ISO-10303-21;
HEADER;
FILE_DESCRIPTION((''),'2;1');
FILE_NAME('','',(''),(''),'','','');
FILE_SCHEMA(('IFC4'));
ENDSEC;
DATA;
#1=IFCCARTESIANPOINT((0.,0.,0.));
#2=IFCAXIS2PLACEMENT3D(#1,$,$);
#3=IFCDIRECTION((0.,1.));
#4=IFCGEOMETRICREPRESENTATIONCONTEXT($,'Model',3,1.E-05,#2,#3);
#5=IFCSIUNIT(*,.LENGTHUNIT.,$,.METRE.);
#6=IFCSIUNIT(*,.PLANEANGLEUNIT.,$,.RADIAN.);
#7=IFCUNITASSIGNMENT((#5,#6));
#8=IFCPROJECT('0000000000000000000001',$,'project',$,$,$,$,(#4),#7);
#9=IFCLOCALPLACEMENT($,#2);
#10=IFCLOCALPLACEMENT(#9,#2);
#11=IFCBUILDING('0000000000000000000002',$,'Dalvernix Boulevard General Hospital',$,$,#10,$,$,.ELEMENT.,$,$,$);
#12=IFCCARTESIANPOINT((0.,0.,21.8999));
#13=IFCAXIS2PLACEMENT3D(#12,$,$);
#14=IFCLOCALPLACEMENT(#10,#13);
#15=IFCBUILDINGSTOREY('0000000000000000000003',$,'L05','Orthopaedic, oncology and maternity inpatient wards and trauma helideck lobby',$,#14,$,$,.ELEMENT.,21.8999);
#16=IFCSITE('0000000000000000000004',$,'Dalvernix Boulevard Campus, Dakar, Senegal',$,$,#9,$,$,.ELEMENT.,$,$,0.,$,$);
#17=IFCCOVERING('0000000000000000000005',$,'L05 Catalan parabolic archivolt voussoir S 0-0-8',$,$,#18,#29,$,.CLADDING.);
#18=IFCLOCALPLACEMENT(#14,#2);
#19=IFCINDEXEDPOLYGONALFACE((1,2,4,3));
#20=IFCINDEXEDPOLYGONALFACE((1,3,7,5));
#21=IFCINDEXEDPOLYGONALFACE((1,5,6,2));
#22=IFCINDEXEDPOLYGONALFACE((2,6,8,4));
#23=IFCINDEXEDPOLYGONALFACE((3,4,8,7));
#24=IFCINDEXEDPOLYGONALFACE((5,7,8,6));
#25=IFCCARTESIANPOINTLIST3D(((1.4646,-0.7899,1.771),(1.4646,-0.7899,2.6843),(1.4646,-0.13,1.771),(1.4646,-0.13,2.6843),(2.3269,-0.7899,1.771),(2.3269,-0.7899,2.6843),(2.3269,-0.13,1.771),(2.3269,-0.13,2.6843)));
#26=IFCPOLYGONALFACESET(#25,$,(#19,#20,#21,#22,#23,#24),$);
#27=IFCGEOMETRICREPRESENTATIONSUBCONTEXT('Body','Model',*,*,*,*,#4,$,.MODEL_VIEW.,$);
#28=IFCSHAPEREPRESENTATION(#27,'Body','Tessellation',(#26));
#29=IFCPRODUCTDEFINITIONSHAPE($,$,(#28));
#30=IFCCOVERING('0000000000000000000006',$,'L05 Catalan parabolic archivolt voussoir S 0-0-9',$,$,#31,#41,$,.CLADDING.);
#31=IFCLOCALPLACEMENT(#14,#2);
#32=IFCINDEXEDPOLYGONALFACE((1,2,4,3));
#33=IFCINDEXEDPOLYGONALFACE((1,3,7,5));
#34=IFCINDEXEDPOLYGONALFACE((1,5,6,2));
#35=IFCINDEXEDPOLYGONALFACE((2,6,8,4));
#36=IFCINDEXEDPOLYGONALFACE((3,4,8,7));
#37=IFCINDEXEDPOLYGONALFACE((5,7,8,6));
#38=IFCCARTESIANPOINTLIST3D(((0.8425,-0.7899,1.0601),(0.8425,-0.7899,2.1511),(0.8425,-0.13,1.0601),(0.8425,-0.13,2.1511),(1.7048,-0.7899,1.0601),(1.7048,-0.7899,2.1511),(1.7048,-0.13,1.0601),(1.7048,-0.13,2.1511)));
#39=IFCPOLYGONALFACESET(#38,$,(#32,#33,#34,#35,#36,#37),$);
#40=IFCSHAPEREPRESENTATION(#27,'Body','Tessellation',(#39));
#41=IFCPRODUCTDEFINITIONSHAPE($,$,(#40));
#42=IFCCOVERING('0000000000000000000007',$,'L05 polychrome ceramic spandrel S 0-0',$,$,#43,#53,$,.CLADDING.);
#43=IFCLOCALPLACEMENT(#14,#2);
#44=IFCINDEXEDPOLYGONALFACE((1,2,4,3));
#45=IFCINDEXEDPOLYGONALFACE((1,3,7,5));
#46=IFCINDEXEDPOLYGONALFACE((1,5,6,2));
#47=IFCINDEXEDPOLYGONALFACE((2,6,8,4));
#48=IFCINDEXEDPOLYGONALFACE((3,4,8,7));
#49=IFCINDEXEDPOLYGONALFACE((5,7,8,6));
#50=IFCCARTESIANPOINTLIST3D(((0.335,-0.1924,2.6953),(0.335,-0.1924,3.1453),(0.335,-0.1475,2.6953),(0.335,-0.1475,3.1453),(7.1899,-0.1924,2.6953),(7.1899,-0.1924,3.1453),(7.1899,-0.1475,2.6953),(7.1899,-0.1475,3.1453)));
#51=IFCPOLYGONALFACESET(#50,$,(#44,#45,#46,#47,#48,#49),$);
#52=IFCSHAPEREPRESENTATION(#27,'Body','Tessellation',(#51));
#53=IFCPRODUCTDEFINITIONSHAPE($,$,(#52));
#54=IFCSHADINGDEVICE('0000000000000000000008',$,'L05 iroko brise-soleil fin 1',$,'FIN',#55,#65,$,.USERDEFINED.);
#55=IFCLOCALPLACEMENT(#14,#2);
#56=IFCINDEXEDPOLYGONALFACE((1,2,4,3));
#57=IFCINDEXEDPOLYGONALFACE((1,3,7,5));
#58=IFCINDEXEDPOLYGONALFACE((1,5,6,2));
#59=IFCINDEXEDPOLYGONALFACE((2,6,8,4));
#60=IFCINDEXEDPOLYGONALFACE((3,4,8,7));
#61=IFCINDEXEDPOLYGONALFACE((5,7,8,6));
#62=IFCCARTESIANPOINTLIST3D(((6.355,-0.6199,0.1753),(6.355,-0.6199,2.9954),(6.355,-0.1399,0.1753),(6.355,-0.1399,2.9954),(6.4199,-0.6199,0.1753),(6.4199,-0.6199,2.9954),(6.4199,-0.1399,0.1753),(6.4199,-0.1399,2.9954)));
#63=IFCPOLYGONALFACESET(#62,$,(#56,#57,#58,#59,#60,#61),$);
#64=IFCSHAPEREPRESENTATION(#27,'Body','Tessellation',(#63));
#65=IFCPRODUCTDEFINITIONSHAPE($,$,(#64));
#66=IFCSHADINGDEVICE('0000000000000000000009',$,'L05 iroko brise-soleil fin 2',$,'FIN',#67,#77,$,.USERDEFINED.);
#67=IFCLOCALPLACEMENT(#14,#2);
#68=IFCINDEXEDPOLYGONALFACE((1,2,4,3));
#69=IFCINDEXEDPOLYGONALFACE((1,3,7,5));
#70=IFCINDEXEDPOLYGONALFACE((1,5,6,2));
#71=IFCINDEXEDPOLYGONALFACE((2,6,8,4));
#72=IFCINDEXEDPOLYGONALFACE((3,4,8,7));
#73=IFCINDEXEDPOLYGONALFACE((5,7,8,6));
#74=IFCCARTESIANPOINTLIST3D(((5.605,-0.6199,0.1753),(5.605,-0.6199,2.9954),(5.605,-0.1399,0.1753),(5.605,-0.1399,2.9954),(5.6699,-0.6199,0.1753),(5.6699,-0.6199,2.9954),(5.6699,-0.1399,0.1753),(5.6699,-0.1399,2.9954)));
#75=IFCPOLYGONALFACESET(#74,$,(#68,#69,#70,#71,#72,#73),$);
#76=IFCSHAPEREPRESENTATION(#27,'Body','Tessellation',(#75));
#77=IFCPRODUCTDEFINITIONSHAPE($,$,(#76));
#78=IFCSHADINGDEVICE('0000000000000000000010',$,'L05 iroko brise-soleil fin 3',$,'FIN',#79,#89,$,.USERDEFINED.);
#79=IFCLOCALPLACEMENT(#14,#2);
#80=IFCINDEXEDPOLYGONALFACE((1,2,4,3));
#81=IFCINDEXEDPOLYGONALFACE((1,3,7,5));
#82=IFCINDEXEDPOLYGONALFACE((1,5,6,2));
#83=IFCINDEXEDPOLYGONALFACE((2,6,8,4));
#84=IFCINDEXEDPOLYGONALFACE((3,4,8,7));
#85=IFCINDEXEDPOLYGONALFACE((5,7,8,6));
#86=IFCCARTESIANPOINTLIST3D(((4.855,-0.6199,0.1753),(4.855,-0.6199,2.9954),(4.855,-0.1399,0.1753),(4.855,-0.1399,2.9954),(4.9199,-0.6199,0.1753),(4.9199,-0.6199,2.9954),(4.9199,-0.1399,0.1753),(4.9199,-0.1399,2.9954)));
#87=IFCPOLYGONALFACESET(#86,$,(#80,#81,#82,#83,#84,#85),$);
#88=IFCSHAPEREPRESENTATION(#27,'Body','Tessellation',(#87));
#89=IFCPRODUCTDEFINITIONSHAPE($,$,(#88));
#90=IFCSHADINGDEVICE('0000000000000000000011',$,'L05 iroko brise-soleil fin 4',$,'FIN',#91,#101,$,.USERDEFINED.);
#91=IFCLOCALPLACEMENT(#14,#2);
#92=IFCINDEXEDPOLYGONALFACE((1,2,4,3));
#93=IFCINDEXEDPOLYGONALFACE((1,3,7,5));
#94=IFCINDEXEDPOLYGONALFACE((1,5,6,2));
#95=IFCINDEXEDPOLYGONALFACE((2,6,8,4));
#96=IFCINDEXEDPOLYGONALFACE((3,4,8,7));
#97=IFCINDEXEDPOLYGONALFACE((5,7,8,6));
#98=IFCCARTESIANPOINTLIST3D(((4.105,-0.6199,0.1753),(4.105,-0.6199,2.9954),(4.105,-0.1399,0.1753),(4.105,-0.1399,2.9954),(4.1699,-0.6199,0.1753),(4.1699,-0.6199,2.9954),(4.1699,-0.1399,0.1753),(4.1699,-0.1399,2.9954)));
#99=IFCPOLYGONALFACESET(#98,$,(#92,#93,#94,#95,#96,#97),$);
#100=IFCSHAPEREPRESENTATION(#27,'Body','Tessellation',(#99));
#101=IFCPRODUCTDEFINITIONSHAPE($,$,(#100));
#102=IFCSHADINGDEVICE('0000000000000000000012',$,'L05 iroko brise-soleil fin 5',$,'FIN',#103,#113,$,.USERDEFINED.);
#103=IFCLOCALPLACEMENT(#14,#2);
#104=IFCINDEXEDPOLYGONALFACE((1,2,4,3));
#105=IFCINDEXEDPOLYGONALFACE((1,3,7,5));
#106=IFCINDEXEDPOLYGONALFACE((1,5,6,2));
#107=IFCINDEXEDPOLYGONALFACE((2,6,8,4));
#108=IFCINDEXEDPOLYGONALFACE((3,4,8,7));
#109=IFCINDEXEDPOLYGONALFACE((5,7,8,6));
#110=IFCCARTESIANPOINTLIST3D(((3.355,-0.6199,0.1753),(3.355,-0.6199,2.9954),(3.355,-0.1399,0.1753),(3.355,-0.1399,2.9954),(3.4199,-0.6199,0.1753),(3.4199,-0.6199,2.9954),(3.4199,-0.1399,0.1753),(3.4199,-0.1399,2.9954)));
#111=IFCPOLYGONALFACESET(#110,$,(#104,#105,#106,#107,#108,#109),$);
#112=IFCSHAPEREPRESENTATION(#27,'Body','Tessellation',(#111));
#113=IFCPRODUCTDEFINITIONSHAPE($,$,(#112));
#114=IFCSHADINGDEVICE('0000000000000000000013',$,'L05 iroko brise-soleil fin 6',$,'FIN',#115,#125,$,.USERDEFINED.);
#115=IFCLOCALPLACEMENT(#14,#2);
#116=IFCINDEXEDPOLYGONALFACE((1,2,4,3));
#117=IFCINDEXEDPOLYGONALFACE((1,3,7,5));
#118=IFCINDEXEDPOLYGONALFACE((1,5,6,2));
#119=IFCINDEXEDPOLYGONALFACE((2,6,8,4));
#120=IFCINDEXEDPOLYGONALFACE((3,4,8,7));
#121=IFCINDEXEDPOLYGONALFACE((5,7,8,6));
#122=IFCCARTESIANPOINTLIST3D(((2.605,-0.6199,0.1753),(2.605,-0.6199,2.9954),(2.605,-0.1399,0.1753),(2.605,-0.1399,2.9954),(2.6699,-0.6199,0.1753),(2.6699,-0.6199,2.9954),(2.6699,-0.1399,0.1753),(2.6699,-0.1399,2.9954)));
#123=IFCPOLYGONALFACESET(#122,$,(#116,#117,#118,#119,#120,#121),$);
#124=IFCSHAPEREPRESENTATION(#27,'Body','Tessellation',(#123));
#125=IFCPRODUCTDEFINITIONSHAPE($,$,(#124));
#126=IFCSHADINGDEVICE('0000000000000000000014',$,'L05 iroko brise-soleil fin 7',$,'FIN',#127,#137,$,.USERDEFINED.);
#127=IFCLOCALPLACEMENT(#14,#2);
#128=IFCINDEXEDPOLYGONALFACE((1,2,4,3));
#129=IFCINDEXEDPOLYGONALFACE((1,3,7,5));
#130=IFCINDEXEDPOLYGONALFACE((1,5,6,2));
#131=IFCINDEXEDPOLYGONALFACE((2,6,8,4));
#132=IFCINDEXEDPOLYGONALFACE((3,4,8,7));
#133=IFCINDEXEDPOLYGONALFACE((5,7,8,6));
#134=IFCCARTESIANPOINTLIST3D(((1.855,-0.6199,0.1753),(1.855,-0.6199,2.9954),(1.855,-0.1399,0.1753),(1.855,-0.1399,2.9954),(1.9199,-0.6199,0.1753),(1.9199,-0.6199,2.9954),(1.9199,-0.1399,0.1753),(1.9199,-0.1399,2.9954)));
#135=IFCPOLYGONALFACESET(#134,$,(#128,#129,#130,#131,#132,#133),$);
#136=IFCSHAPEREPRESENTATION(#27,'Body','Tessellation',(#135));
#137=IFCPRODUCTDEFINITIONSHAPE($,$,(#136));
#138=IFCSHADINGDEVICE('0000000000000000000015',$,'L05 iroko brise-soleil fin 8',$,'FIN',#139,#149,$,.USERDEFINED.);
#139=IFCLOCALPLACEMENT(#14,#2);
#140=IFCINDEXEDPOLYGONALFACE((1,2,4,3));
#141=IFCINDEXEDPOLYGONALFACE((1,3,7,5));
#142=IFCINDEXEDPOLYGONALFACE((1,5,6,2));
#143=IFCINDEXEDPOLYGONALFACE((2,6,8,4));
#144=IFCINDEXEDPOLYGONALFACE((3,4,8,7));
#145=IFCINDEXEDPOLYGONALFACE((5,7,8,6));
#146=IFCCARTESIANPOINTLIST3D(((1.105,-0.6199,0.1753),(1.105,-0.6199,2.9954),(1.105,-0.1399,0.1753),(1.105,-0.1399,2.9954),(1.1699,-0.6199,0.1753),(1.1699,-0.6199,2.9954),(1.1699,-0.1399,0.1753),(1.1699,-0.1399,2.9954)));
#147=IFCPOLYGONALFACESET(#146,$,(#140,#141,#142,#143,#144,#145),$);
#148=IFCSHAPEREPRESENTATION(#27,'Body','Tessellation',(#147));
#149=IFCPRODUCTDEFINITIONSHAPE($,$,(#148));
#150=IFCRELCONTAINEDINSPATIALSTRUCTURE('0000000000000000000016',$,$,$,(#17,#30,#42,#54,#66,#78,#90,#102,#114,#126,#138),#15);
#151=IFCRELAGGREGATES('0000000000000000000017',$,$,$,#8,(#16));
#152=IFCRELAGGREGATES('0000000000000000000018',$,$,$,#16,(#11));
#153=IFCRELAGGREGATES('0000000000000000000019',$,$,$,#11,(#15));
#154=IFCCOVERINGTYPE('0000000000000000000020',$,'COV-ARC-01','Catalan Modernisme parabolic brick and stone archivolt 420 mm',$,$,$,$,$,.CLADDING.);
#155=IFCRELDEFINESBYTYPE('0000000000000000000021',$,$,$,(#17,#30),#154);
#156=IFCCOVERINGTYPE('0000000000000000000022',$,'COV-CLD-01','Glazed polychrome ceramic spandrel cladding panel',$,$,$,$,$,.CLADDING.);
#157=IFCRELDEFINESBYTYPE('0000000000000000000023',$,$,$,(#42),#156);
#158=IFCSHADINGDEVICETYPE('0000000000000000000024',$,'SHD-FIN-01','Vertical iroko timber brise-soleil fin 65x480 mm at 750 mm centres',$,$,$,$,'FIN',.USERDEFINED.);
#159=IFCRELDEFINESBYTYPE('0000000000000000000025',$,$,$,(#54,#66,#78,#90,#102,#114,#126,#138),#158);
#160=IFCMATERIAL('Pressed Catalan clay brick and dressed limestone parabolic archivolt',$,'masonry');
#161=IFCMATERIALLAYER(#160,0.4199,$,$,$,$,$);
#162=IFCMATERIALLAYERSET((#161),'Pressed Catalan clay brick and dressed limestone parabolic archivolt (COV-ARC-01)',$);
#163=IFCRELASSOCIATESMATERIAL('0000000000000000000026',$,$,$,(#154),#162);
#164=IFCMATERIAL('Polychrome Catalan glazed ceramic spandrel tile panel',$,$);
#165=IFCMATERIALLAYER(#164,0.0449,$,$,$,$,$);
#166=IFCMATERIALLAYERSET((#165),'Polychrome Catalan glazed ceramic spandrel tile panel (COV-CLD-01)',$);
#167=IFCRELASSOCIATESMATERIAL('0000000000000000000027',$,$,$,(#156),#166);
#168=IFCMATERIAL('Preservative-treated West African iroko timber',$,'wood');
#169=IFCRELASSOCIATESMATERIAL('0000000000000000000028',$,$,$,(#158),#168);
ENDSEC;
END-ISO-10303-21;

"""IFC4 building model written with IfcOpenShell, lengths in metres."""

from ifc_helpers import new_model, si_unit, direction, frame, origin, origin_2d, place, context, subcontext, project, spatial, rectangle, extrude, material, layer, layer_set, type_object, element, save


model = new_model("IFC4")

# Units and contexts
model_context = context("Model", 3, precision=1e-05, world=origin(), true_north=direction((0.0, 1.0)))
body_context = subcontext(model_context, "Body", "Model", "MODEL_VIEW")
ifc_project = project(units=[si_unit("LENGTHUNIT", "METRE"), si_unit("PLANEANGLEUNIT", "RADIAN")], contexts=[model_context])

# Site, building, storey
site_placement = place(None, origin())
site = spatial("IfcSite", under=ifc_project, at=site_placement, Name="Dalvernix Boulevard Campus, Dakar, Senegal", CompositionType="ELEMENT", RefElevation=0.0)
building_placement = place(site_placement, origin())
building = spatial("IfcBuilding", under=site, at=building_placement, Name="Dalvernix Boulevard General Hospital", CompositionType="ELEMENT")
storey_placement = place(building_placement, frame((0.0, 0.0, 21.8999)))
storey = spatial("IfcBuildingStorey", under=building, at=storey_placement, Name="L05", Description="Orthopaedic, oncology and maternity inpatient wards and trauma helideck lobby", CompositionType="ELEMENT", Elevation=21.8999)

# Coverings
ifc_material_1 = material(Name="Pressed Catalan clay brick and dressed limestone parabolic archivolt", Category="masonry")
ifc_layer_1 = layer(ifc_material_1, 0.4199)
ifc_layer_set_1 = layer_set([ifc_layer_1], Name="Pressed Catalan clay brick and dressed limestone parabolic archivolt (COV-ARC-01)")
covering_type_1 = type_object("IfcCoveringType", Name="COV-ARC-01", Description="Catalan Modernisme parabolic brick and stone archivolt 420 mm", PredefinedType="CLADDING", material=ifc_layer_set_1)
covering_1_placement = place(storey_placement, frame((1.8958, -0.46, 1.771), z_axis=(0.0, 0.0, 1.0), x_axis=(-1.0, 0.0, 0.0)))
element("IfcCovering", 1, at=covering_1_placement, inside=storey, type_object=covering_type_1, Name="L05 Catalan parabolic archivolt voussoir S 0-0-8", PredefinedType="CLADDING", context=body_context, shape_type="SweptSolid", body=[
    extrude(rectangle(XDim=0.8623, YDim=0.6599, at=origin_2d()), origin(), (0.0, 0.0, 1.0), 0.9133),
])
covering_2_placement = place(storey_placement, frame((1.2737, -0.46, 1.0601), z_axis=(0.0, 0.0, 1.0), x_axis=(-1.0, 0.0, 0.0)))
element("IfcCovering", 2, at=covering_2_placement, inside=storey, type_object=covering_type_1, Name="L05 Catalan parabolic archivolt voussoir S 0-0-9", PredefinedType="CLADDING", context=body_context, shape_type="SweptSolid", body=[
    extrude(rectangle(XDim=0.8623, YDim=0.6599, at=origin_2d()), origin(), (0.0, 0.0, 1.0), 1.0911),
])
ifc_material_2 = material(Name="Polychrome Catalan glazed ceramic spandrel tile panel")
ifc_layer_2 = layer(ifc_material_2, 0.0449)
ifc_layer_set_2 = layer_set([ifc_layer_2], Name="Polychrome Catalan glazed ceramic spandrel tile panel (COV-CLD-01)")
covering_type_2 = type_object("IfcCoveringType", Name="COV-CLD-01", Description="Glazed polychrome ceramic spandrel cladding panel", PredefinedType="CLADDING", material=ifc_layer_set_2)
covering_3_placement = place(storey_placement, frame((3.7625, -0.1699, 2.6953), z_axis=(0.0, 0.0, 1.0), x_axis=(-1.0, 0.0, 0.0)))
element("IfcCovering", 3, at=covering_3_placement, inside=storey, type_object=covering_type_2, Name="L05 polychrome ceramic spandrel S 0-0", PredefinedType="CLADDING", context=body_context, shape_type="SweptSolid", body=[
    extrude(rectangle(XDim=6.855, YDim=0.0449, at=origin_2d()), origin(), (0.0, 0.0, 1.0), 0.45),
])

# Shading devices
ifc_material_3 = material(Name="Preservative-treated West African iroko timber", Category="wood")
shading_device_type = type_object("IfcShadingDeviceType", Name="SHD-FIN-01", Description="Vertical iroko timber brise-soleil fin 65x480 mm at 750 mm centres", ElementType="FIN", PredefinedType="USERDEFINED", material=ifc_material_3)
for number, where, z_axis, x_axis, name in (
    (4, (6.3875, -0.3799, 0.1753), (0.0, 0.0, 1.0), (-1.0, 0.0, 0.0), "L05 iroko brise-soleil fin 1"),
    (5, (5.6375, -0.3799, 0.1753), (0.0, 0.0, 1.0), (-1.0, 0.0, 0.0), "L05 iroko brise-soleil fin 2"),
    (6, (4.8875, -0.3799, 0.1753), (0.0, 0.0, 1.0), (-1.0, 0.0, 0.0), "L05 iroko brise-soleil fin 3"),
    (7, (4.1375, -0.3799, 0.1753), (0.0, 0.0, 1.0), (-1.0, 0.0, 0.0), "L05 iroko brise-soleil fin 4"),
    (8, (3.3875, -0.3799, 0.1753), (0.0, 0.0, 1.0), (-1.0, 0.0, 0.0), "L05 iroko brise-soleil fin 5"),
    (9, (2.6375, -0.3799, 0.1753), (0.0, 0.0, 1.0), (-1.0, 0.0, 0.0), "L05 iroko brise-soleil fin 6"),
    (10, (1.8875, -0.3799, 0.1753), (0.0, 0.0, 1.0), (-1.0, 0.0, 0.0), "L05 iroko brise-soleil fin 7"),
    (11, (1.1375, -0.3799, 0.1753), (0.0, 0.0, 1.0), (-1.0, 0.0, 0.0), "L05 iroko brise-soleil fin 8"),
):
    element("IfcShadingDevice", number, at=place(storey_placement, frame(where, z_axis=z_axis, x_axis=x_axis)), inside=storey, type_object=shading_device_type, Name=name, ObjectType="FIN", PredefinedType="USERDEFINED", context=body_context, shape_type="SweptSolid", body=[
        extrude(rectangle(XDim=0.0649, YDim=0.48, at=origin_2d()), origin(), (0.0, 0.0, 1.0), 2.8201),
    ])

save(model, "model.ifc")
